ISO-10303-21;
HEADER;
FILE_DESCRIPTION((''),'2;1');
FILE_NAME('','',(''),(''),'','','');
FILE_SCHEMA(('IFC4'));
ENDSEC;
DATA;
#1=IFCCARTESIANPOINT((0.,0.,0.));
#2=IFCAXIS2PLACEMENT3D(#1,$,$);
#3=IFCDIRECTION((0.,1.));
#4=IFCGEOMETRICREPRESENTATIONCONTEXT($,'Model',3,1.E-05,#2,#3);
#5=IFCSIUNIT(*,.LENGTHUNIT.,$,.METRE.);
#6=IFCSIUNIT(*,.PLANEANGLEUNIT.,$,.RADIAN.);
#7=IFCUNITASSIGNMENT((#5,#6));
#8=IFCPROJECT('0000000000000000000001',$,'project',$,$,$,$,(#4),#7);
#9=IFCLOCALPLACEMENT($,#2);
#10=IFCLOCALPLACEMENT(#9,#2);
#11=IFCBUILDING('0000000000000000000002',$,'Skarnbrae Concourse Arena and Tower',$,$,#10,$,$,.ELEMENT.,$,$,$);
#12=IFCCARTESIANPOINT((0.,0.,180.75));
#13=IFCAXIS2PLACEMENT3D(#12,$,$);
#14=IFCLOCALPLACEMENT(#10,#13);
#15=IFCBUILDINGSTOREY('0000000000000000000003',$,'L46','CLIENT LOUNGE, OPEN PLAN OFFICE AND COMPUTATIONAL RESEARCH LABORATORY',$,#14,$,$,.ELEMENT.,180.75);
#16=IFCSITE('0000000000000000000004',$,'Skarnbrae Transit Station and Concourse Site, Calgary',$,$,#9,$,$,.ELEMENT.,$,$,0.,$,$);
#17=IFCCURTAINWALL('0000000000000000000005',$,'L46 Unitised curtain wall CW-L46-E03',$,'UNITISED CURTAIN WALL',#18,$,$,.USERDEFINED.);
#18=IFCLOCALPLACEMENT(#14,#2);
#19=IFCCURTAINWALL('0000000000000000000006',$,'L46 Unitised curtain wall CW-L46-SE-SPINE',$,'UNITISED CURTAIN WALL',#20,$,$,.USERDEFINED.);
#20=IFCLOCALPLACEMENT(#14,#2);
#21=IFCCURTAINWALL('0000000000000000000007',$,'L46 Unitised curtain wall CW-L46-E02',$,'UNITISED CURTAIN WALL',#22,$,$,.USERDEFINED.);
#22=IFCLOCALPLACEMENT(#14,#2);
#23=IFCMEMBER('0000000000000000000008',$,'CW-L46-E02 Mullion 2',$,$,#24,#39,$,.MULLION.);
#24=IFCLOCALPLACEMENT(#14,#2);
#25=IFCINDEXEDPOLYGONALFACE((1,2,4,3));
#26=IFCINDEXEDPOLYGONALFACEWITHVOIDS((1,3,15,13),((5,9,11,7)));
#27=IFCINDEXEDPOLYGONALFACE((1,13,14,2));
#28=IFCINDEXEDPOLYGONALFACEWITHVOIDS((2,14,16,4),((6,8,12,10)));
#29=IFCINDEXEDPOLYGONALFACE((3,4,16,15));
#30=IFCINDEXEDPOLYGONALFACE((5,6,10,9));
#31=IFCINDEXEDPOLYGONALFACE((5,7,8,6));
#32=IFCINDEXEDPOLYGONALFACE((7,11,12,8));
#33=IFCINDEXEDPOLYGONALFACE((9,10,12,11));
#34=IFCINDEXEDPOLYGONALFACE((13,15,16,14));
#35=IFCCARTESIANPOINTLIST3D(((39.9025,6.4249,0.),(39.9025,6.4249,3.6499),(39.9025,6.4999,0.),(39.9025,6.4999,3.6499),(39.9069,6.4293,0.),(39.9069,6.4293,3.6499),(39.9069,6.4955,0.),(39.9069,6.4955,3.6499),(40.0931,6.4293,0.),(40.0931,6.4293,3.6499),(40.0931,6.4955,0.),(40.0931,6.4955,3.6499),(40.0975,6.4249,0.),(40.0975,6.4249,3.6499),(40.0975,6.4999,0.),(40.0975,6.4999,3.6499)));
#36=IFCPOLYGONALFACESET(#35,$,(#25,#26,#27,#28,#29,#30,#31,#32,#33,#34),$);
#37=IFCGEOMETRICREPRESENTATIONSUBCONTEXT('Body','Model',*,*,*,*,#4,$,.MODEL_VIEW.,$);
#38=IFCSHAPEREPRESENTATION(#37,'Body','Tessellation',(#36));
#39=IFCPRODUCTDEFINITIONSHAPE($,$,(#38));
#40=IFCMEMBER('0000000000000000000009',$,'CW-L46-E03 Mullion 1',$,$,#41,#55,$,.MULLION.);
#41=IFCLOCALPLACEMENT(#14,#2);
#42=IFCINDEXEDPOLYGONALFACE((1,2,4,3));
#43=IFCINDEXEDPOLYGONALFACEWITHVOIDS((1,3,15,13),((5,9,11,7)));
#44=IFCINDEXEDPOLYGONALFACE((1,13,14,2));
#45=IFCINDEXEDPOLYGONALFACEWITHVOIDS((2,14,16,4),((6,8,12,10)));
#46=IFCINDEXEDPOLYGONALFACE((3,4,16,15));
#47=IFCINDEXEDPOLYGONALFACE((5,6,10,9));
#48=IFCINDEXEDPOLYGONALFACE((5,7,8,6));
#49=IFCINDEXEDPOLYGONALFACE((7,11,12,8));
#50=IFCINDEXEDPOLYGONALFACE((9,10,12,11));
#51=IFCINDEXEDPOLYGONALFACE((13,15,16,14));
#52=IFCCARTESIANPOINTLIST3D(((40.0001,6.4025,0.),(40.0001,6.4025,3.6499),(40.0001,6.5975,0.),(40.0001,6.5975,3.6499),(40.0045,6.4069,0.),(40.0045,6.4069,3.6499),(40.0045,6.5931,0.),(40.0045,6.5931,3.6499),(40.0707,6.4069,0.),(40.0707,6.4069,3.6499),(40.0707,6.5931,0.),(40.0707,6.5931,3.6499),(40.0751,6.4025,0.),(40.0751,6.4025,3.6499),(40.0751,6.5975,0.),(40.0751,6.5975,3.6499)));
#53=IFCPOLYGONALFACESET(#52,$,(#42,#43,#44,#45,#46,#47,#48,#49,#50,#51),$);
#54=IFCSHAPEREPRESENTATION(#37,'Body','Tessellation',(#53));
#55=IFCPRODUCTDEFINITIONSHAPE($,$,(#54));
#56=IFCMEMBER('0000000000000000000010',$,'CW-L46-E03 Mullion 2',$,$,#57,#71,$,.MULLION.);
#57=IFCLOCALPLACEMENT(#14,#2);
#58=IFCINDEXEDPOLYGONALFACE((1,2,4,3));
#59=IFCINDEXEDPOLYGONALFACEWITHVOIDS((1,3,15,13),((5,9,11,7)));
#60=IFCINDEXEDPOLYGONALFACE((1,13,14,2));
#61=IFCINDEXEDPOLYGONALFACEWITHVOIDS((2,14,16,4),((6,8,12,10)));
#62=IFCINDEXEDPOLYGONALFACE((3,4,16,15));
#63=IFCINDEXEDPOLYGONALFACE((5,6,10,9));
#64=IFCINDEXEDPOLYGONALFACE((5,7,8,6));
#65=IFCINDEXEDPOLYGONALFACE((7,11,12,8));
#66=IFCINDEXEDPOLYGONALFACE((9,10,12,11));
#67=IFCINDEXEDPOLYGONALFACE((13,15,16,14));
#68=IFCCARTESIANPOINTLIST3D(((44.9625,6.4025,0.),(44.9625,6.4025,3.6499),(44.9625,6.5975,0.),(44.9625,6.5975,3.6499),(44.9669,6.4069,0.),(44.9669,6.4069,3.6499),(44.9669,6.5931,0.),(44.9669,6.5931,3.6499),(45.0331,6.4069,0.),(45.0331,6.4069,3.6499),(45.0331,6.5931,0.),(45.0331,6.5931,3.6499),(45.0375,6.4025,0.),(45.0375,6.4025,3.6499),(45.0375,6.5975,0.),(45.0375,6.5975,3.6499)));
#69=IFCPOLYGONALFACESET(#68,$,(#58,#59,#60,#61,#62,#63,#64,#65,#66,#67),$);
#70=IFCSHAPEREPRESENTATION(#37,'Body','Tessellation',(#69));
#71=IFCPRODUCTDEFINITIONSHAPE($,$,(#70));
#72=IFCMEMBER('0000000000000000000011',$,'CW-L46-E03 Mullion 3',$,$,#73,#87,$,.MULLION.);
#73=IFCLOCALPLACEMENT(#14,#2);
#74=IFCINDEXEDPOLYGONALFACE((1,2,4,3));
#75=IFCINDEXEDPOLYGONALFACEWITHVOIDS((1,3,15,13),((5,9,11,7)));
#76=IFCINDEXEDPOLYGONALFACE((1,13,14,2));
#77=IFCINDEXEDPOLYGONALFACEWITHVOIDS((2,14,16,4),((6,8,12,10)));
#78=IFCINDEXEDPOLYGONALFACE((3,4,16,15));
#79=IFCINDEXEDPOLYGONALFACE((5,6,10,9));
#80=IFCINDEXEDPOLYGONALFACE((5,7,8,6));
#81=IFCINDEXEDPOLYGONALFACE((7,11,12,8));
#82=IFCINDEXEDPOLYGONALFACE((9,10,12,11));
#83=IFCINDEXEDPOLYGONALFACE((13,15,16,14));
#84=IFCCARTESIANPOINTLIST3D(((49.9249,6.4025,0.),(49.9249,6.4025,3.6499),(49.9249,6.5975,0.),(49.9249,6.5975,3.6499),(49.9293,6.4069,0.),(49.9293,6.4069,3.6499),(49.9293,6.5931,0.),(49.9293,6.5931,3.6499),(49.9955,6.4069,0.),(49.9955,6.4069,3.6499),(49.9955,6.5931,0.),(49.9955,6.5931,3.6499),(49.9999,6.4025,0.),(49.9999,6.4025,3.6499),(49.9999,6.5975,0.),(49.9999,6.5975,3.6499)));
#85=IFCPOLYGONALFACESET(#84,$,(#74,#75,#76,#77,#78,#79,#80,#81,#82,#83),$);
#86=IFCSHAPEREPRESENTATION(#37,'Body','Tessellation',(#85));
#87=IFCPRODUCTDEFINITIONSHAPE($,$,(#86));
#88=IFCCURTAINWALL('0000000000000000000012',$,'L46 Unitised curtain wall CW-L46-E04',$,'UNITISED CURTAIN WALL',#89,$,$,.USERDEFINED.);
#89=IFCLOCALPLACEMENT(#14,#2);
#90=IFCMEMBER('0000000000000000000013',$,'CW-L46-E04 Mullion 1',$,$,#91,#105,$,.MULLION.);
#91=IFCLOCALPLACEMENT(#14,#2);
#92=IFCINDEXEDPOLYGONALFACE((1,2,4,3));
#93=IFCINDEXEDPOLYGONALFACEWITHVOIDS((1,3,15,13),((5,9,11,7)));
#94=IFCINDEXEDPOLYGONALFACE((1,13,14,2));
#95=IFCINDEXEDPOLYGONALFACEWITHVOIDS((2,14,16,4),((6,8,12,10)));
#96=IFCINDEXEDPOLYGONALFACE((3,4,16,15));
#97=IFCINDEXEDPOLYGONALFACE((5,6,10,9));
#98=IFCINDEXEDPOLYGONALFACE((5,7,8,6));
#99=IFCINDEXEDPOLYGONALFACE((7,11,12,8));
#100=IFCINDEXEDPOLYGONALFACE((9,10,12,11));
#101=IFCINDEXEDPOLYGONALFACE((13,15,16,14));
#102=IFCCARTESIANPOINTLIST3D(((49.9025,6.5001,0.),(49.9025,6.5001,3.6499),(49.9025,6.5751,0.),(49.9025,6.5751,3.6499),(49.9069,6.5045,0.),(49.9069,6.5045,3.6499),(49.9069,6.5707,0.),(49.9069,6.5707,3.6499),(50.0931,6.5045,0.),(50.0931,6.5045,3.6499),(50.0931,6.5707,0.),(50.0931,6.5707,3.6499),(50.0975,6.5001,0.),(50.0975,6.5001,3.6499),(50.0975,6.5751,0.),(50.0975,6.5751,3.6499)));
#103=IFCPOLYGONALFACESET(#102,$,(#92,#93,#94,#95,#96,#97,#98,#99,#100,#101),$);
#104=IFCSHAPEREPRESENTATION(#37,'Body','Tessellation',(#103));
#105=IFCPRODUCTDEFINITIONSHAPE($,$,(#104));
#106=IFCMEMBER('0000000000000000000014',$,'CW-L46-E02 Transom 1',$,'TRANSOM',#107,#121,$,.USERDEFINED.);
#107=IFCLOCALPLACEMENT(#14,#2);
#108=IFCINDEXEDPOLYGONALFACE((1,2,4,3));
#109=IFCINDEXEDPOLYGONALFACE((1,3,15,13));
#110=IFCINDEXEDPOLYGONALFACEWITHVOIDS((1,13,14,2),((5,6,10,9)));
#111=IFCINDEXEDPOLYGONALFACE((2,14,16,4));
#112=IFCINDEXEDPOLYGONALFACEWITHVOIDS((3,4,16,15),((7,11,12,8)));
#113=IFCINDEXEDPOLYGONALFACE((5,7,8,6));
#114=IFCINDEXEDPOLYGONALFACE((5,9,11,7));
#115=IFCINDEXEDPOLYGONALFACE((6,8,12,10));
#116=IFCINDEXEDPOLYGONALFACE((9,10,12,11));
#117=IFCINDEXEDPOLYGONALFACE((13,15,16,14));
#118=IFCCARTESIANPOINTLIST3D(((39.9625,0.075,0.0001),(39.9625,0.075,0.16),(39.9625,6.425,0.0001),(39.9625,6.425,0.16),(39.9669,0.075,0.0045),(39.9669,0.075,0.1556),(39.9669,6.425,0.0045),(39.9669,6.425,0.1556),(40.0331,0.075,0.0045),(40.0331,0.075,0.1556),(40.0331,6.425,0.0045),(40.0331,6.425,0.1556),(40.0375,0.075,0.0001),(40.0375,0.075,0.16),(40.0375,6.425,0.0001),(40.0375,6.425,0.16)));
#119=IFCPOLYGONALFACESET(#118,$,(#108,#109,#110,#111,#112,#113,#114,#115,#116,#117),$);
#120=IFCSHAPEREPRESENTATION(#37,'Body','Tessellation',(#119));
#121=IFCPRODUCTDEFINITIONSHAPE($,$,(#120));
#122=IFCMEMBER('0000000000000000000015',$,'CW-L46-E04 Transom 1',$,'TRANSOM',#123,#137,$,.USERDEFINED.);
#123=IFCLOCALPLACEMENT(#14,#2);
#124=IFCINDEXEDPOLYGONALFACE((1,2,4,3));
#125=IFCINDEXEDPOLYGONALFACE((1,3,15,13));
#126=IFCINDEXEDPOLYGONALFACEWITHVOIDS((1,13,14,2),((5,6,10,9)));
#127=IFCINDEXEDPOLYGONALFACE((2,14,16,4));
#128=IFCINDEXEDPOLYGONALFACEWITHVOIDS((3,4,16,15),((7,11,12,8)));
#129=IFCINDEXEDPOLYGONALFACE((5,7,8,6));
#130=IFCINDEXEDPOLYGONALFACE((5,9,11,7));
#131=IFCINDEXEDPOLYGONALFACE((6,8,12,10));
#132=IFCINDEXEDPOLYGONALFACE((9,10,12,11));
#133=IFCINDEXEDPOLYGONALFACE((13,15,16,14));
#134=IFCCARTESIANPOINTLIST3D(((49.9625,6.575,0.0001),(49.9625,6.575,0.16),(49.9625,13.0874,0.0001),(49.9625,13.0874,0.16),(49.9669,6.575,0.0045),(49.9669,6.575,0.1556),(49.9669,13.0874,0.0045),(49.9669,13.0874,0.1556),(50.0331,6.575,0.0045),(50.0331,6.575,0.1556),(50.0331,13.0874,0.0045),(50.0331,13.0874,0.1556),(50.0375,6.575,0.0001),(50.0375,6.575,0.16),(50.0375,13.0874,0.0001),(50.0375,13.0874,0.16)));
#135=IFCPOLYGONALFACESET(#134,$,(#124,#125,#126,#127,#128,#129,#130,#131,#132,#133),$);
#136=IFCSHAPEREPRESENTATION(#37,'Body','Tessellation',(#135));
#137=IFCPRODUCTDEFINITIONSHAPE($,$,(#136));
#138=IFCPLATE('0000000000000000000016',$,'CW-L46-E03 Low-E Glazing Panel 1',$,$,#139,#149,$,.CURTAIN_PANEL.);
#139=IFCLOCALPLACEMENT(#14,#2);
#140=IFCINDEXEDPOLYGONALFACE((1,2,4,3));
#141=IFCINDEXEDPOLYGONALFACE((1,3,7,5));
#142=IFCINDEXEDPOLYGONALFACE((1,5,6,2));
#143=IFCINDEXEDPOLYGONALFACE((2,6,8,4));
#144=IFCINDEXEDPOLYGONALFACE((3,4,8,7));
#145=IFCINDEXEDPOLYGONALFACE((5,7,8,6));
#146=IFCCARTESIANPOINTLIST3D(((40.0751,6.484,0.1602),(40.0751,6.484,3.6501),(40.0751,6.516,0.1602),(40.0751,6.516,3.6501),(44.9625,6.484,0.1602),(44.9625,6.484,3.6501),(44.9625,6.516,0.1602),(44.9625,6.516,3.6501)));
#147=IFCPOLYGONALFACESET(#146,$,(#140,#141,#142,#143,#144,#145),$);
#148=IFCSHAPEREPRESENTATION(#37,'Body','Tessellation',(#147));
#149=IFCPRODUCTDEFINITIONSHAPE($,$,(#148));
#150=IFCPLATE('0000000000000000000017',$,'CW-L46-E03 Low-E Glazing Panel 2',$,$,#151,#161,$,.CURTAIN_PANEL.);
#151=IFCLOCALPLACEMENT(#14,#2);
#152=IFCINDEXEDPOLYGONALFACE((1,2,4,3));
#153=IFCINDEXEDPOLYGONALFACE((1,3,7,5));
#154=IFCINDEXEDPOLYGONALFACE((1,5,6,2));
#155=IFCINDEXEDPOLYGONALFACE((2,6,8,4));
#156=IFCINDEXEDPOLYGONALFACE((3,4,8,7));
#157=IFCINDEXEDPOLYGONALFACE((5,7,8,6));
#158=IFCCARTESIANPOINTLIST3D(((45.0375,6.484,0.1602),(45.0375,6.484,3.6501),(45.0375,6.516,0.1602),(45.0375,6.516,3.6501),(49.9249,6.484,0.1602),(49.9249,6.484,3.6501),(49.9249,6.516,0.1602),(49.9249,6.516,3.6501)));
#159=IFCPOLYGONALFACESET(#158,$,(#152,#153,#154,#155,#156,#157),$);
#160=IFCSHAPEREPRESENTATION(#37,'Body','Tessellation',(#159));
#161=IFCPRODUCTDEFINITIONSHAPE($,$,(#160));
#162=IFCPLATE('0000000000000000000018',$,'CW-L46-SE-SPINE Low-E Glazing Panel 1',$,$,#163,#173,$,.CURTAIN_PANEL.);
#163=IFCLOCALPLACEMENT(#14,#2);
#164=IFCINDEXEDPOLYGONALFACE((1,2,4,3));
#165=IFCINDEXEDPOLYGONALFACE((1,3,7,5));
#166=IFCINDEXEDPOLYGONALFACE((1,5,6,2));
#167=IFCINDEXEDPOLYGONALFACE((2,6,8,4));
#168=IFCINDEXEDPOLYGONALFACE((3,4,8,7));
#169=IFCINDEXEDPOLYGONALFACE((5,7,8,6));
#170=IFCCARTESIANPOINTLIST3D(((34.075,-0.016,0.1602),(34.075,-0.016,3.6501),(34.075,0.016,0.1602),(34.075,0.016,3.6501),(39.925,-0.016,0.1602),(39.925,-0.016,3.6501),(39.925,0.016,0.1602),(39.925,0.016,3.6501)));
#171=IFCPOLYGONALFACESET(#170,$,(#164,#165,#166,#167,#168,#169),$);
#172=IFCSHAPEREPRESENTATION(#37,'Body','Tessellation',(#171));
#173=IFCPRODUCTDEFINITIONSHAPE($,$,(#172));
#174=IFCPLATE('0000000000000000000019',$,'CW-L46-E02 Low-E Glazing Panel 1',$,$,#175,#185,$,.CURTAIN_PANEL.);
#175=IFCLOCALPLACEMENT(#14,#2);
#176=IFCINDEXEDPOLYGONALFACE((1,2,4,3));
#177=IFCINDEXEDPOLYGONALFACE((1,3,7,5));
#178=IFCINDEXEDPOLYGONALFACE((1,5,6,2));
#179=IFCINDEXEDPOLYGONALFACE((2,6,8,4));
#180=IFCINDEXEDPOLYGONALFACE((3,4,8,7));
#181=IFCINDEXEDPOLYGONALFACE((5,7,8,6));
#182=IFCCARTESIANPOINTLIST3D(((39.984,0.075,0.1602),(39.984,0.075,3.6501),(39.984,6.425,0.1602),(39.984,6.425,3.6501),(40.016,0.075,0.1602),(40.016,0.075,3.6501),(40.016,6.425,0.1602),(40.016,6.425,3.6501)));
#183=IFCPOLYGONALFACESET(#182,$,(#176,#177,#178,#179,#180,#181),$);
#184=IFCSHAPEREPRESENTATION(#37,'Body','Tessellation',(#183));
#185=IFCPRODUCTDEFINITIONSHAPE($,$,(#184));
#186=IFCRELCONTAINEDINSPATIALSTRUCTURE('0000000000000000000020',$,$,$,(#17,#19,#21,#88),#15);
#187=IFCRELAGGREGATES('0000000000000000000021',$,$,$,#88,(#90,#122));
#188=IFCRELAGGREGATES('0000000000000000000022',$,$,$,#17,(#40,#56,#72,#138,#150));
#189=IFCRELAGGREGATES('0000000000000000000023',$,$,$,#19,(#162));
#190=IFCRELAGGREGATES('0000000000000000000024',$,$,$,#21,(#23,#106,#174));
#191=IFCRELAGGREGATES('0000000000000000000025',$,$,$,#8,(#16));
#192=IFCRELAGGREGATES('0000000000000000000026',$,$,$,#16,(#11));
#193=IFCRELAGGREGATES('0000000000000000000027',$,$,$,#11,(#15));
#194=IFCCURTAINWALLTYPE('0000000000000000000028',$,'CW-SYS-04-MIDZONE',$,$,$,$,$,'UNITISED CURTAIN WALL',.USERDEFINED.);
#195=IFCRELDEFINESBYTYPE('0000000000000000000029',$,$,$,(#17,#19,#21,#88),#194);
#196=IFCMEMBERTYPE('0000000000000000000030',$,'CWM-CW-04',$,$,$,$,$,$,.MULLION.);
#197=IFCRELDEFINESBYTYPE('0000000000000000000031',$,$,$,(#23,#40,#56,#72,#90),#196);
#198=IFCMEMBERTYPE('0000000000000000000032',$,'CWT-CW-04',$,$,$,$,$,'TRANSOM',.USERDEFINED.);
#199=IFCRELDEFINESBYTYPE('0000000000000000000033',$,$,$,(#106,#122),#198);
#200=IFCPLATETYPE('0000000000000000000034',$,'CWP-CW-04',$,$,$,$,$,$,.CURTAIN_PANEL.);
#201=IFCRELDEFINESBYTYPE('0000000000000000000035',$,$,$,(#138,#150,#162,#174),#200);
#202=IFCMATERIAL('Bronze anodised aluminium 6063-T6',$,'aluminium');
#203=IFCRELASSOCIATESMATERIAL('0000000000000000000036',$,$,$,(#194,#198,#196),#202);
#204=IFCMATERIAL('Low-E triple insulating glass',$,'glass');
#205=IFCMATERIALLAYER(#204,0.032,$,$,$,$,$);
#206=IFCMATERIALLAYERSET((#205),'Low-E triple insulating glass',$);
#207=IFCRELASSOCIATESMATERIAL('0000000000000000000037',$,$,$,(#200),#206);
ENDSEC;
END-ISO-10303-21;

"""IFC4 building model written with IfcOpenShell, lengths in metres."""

from ifc_helpers import new_model, si_unit, direction, frame, origin, origin_2d, place, context, subcontext, project, spatial, rectangle, hollow_rectangle, extrude, source, transform, mapped, material, layer, layer_set, material_profile, profile_set, type_object, element, aggregate, save


model = new_model("IFC4")

# Units and contexts
model_context = context("Model", 3, precision=1e-05, world=origin(), true_north=direction((0.0, 1.0)))
body_context = subcontext(model_context, "Body", "Model", "MODEL_VIEW")
ifc_project = project(units=[si_unit("LENGTHUNIT", "METRE"), si_unit("PLANEANGLEUNIT", "RADIAN")], contexts=[model_context])

# Site, building, storey
site_placement = place(None, origin())
site = spatial("IfcSite", under=ifc_project, at=site_placement, Name="Skarnbrae Transit Station and Concourse Site, Calgary", CompositionType="ELEMENT", RefElevation=0.0)
building_placement = place(site_placement, origin())
building = spatial("IfcBuilding", under=site, at=building_placement, Name="Skarnbrae Concourse Arena and Tower", CompositionType="ELEMENT")
storey_placement = place(building_placement, frame((0.0, 0.0, 180.75)))
storey = spatial("IfcBuildingStorey", under=building, at=storey_placement, Name="L46", Description="CLIENT LOUNGE, OPEN PLAN OFFICE AND COMPUTATIONAL RESEARCH LABORATORY", CompositionType="ELEMENT", Elevation=180.75)

# Curtain wall
ifc_material_1 = material(Name="Bronze anodised aluminium 6063-T6", Category="aluminium")
curtain_wall_type = type_object("IfcCurtainWallType", Name="CW-SYS-04-MIDZONE", ElementType="UNITISED CURTAIN WALL", PredefinedType="USERDEFINED", material=ifc_material_1)
curtain_wall_1_placement = place(storey_placement, origin())
curtain_wall_1 = element("IfcCurtainWall", 1, at=curtain_wall_1_placement, inside=storey, type_object=curtain_wall_type, Name="L46 Unitised curtain wall CW-L46-E03", ObjectType="UNITISED CURTAIN WALL", PredefinedType="USERDEFINED")
ifc_material_profile_1 = material_profile(ifc_material_1, hollow_rectangle(XDim=0.075, YDim=0.1599, WallThickness=0.0044, at=origin_2d()), Name="ALU-TRAN-75X160")
ifc_profile_set_1 = profile_set([ifc_material_profile_1], Name="Bronze anodised aluminium 6063-T6")
member_type_1 = type_object("IfcMemberType", Name="CWT-CW-04", ElementType="TRANSOM", PredefinedType="USERDEFINED", material=ifc_profile_set_1)

# Curtain wall
curtain_wall_2_placement = place(storey_placement, origin())
curtain_wall_2 = element("IfcCurtainWall", 2, at=curtain_wall_2_placement, inside=storey, type_object=curtain_wall_type, Name="L46 Unitised curtain wall CW-L46-SE-SPINE", ObjectType="UNITISED CURTAIN WALL", PredefinedType="USERDEFINED")
ifc_material_profile_2 = material_profile(ifc_material_1, hollow_rectangle(XDim=0.075, YDim=0.1951, WallThickness=0.0044, at=origin_2d()), Name="ALU-MULL-75X195")
ifc_profile_set_2 = profile_set([ifc_material_profile_2], Name="Bronze anodised aluminium 6063-T6")
member_type_2 = type_object("IfcMemberType", Name="CWM-CW-04", PredefinedType="MULLION", material=ifc_profile_set_2)
shared_shape_1 = source(origin(), body_context, "Body", "SweptSolid", [
    extrude(hollow_rectangle(XDim=0.075, YDim=0.1951, WallThickness=0.0044, at=origin_2d()), origin(), (0.0, 0.0, 1.0), 3.6499),
])

# Curtain wall, member
curtain_wall_3_placement = place(storey_placement, origin())
curtain_wall_3 = element("IfcCurtainWall", 3, at=curtain_wall_3_placement, inside=storey, type_object=curtain_wall_type, Name="L46 Unitised curtain wall CW-L46-E02", ObjectType="UNITISED CURTAIN WALL", PredefinedType="USERDEFINED")
member_1_placement = place(storey_placement, frame((40.0, 6.4624, 0.0), z_axis=(0.0, 0.0, 1.0), x_axis=(0.0, 1.0, 0.0)))
member_1 = element("IfcMember", 4, at=member_1_placement, type_object=member_type_2, Name="CW-L46-E02 Mullion 2", PredefinedType="MULLION", context=body_context, shape_type="MappedRepresentation", body=[
    mapped(shared_shape_1, transform((0.0, 0.0, 0.0))),
])

# Members
member_2_placement = place(storey_placement, frame((40.0376, 6.5, 0.0), z_axis=(0.0, 0.0, 1.0), x_axis=(1.0, 0.0, 0.0)))
member_2 = element("IfcMember", 5, at=member_2_placement, type_object=member_type_2, Name="CW-L46-E03 Mullion 1", PredefinedType="MULLION", context=body_context, shape_type="MappedRepresentation", body=[
    mapped(shared_shape_1, transform((0.0, 0.0, 0.0))),
])
member_3_placement = place(storey_placement, frame((45.0, 6.5, 0.0), z_axis=(0.0, 0.0, 1.0), x_axis=(1.0, 0.0, 0.0)))
member_3 = element("IfcMember", 6, at=member_3_placement, type_object=member_type_2, Name="CW-L46-E03 Mullion 2", PredefinedType="MULLION", context=body_context, shape_type="MappedRepresentation", body=[
    mapped(shared_shape_1, transform((0.0, 0.0, 0.0))),
])
member_4_placement = place(storey_placement, frame((49.9624, 6.5, 0.0), z_axis=(0.0, 0.0, 1.0), x_axis=(1.0, 0.0, 0.0)))
member_4 = element("IfcMember", 7, at=member_4_placement, type_object=member_type_2, Name="CW-L46-E03 Mullion 3", PredefinedType="MULLION", context=body_context, shape_type="MappedRepresentation", body=[
    mapped(shared_shape_1, transform((0.0, 0.0, 0.0))),
])

# Curtain wall, member
curtain_wall_4_placement = place(storey_placement, origin())
curtain_wall_4 = element("IfcCurtainWall", 8, at=curtain_wall_4_placement, inside=storey, type_object=curtain_wall_type, Name="L46 Unitised curtain wall CW-L46-E04", ObjectType="UNITISED CURTAIN WALL", PredefinedType="USERDEFINED")
member_5_placement = place(storey_placement, frame((50.0, 6.5376, 0.0), z_axis=(0.0, 0.0, 1.0), x_axis=(0.0, 1.0, 0.0)))
member_5 = element("IfcMember", 9, at=member_5_placement, type_object=member_type_2, Name="CW-L46-E04 Mullion 1", PredefinedType="MULLION", context=body_context, shape_type="MappedRepresentation", body=[
    mapped(shared_shape_1, transform((0.0, 0.0, 0.0))),
])

# Members
shared_shape_2 = source(origin(), body_context, "Body", "SweptSolid", [
    extrude(hollow_rectangle(XDim=0.075, YDim=0.1599, WallThickness=0.0044, at=origin_2d()), origin(), (0.0, 0.0, 1.0), 6.3501),
])
member_6_placement = place(storey_placement, frame((40.0, 0.075, 0.0801), z_axis=(0.0, 1.0, 0.0), x_axis=(-1.0, 0.0, 0.0)))
member_6 = element("IfcMember", 10, at=member_6_placement, type_object=member_type_1, Name="CW-L46-E02 Transom 1", ObjectType="TRANSOM", PredefinedType="USERDEFINED", context=body_context, shape_type="MappedRepresentation", body=[
    mapped(shared_shape_2, transform((0.0, 0.0, 0.0))),
])
shared_shape_3 = source(origin(), body_context, "Body", "SweptSolid", [
    extrude(hollow_rectangle(XDim=0.075, YDim=0.1599, WallThickness=0.0044, at=origin_2d()), origin(), (0.0, 0.0, 1.0), 6.5125),
])
member_7_placement = place(storey_placement, frame((50.0, 6.575, 0.0801), z_axis=(0.0, 1.0, 0.0), x_axis=(-1.0, 0.0, 0.0)))
member_7 = element("IfcMember", 11, at=member_7_placement, type_object=member_type_1, Name="CW-L46-E04 Transom 1", ObjectType="TRANSOM", PredefinedType="USERDEFINED", context=body_context, shape_type="MappedRepresentation", body=[
    mapped(shared_shape_3, transform((0.0, 0.0, 0.0))),
])
aggregate(curtain_wall_4, [member_5, member_7])

# Plates
ifc_material_2 = material(Name="Low-E triple insulating glass", Category="glass")
ifc_layer = layer(ifc_material_2, 0.032)
ifc_layer_set = layer_set([ifc_layer], Name="Low-E triple insulating glass")
plate_type = type_object("IfcPlateType", Name="CWP-CW-04", PredefinedType="CURTAIN_PANEL", material=ifc_layer_set)
shared_shape_4 = source(origin(), body_context, "Body", "SweptSolid", [
    extrude(rectangle(XDim=4.8875, YDim=0.032, at=origin_2d()), origin(), (0.0, 0.0, 1.0), 3.49),
])
plate_1_placement = place(storey_placement, frame((42.5188, 6.5, 0.1602), z_axis=(0.0, 0.0, 1.0), x_axis=(1.0, 0.0, 0.0)))
plate_1 = element("IfcPlate", 12, at=plate_1_placement, type_object=plate_type, Name="CW-L46-E03 Low-E Glazing Panel 1", PredefinedType="CURTAIN_PANEL", context=body_context, shape_type="MappedRepresentation", body=[
    mapped(shared_shape_4, transform((0.0, 0.0, 0.0))),
])
plate_2_placement = place(storey_placement, frame((47.4812, 6.5, 0.1602), z_axis=(0.0, 0.0, 1.0), x_axis=(1.0, 0.0, 0.0)))
plate_2 = element("IfcPlate", 13, at=plate_2_placement, type_object=plate_type, Name="CW-L46-E03 Low-E Glazing Panel 2", PredefinedType="CURTAIN_PANEL", context=body_context, shape_type="MappedRepresentation", body=[
    mapped(shared_shape_4, transform((0.0, 0.0, 0.0))),
])
aggregate(curtain_wall_1, [member_2, member_3, member_4, plate_1, plate_2])
shared_shape_5 = source(origin(), body_context, "Body", "SweptSolid", [
    extrude(rectangle(XDim=5.8501, YDim=0.032, at=origin_2d()), origin(), (0.0, 0.0, 1.0), 3.49),
])
plate_3_placement = place(storey_placement, frame((37.0, 0.0, 0.1602), z_axis=(0.0, 0.0, 1.0), x_axis=(1.0, 0.0, 0.0)))
plate_3 = element("IfcPlate", 14, at=plate_3_placement, type_object=plate_type, Name="CW-L46-SE-SPINE Low-E Glazing Panel 1", PredefinedType="CURTAIN_PANEL", context=body_context, shape_type="MappedRepresentation", body=[
    mapped(shared_shape_5, transform((0.0, 0.0, 0.0))),
])
aggregate(curtain_wall_2, [plate_3])
shared_shape_6 = source(origin(), body_context, "Body", "SweptSolid", [
    extrude(rectangle(XDim=6.3501, YDim=0.032, at=origin_2d()), origin(), (0.0, 0.0, 1.0), 3.49),
])
plate_4_placement = place(storey_placement, frame((40.0, 3.25, 0.1602), z_axis=(0.0, 0.0, 1.0), x_axis=(0.0, 1.0, 0.0)))
plate_4 = element("IfcPlate", 15, at=plate_4_placement, type_object=plate_type, Name="CW-L46-E02 Low-E Glazing Panel 1", PredefinedType="CURTAIN_PANEL", context=body_context, shape_type="MappedRepresentation", body=[
    mapped(shared_shape_6, transform((0.0, 0.0, 0.0))),
])
aggregate(curtain_wall_3, [member_1, member_6, plate_4])

save(model, "model.ifc")
